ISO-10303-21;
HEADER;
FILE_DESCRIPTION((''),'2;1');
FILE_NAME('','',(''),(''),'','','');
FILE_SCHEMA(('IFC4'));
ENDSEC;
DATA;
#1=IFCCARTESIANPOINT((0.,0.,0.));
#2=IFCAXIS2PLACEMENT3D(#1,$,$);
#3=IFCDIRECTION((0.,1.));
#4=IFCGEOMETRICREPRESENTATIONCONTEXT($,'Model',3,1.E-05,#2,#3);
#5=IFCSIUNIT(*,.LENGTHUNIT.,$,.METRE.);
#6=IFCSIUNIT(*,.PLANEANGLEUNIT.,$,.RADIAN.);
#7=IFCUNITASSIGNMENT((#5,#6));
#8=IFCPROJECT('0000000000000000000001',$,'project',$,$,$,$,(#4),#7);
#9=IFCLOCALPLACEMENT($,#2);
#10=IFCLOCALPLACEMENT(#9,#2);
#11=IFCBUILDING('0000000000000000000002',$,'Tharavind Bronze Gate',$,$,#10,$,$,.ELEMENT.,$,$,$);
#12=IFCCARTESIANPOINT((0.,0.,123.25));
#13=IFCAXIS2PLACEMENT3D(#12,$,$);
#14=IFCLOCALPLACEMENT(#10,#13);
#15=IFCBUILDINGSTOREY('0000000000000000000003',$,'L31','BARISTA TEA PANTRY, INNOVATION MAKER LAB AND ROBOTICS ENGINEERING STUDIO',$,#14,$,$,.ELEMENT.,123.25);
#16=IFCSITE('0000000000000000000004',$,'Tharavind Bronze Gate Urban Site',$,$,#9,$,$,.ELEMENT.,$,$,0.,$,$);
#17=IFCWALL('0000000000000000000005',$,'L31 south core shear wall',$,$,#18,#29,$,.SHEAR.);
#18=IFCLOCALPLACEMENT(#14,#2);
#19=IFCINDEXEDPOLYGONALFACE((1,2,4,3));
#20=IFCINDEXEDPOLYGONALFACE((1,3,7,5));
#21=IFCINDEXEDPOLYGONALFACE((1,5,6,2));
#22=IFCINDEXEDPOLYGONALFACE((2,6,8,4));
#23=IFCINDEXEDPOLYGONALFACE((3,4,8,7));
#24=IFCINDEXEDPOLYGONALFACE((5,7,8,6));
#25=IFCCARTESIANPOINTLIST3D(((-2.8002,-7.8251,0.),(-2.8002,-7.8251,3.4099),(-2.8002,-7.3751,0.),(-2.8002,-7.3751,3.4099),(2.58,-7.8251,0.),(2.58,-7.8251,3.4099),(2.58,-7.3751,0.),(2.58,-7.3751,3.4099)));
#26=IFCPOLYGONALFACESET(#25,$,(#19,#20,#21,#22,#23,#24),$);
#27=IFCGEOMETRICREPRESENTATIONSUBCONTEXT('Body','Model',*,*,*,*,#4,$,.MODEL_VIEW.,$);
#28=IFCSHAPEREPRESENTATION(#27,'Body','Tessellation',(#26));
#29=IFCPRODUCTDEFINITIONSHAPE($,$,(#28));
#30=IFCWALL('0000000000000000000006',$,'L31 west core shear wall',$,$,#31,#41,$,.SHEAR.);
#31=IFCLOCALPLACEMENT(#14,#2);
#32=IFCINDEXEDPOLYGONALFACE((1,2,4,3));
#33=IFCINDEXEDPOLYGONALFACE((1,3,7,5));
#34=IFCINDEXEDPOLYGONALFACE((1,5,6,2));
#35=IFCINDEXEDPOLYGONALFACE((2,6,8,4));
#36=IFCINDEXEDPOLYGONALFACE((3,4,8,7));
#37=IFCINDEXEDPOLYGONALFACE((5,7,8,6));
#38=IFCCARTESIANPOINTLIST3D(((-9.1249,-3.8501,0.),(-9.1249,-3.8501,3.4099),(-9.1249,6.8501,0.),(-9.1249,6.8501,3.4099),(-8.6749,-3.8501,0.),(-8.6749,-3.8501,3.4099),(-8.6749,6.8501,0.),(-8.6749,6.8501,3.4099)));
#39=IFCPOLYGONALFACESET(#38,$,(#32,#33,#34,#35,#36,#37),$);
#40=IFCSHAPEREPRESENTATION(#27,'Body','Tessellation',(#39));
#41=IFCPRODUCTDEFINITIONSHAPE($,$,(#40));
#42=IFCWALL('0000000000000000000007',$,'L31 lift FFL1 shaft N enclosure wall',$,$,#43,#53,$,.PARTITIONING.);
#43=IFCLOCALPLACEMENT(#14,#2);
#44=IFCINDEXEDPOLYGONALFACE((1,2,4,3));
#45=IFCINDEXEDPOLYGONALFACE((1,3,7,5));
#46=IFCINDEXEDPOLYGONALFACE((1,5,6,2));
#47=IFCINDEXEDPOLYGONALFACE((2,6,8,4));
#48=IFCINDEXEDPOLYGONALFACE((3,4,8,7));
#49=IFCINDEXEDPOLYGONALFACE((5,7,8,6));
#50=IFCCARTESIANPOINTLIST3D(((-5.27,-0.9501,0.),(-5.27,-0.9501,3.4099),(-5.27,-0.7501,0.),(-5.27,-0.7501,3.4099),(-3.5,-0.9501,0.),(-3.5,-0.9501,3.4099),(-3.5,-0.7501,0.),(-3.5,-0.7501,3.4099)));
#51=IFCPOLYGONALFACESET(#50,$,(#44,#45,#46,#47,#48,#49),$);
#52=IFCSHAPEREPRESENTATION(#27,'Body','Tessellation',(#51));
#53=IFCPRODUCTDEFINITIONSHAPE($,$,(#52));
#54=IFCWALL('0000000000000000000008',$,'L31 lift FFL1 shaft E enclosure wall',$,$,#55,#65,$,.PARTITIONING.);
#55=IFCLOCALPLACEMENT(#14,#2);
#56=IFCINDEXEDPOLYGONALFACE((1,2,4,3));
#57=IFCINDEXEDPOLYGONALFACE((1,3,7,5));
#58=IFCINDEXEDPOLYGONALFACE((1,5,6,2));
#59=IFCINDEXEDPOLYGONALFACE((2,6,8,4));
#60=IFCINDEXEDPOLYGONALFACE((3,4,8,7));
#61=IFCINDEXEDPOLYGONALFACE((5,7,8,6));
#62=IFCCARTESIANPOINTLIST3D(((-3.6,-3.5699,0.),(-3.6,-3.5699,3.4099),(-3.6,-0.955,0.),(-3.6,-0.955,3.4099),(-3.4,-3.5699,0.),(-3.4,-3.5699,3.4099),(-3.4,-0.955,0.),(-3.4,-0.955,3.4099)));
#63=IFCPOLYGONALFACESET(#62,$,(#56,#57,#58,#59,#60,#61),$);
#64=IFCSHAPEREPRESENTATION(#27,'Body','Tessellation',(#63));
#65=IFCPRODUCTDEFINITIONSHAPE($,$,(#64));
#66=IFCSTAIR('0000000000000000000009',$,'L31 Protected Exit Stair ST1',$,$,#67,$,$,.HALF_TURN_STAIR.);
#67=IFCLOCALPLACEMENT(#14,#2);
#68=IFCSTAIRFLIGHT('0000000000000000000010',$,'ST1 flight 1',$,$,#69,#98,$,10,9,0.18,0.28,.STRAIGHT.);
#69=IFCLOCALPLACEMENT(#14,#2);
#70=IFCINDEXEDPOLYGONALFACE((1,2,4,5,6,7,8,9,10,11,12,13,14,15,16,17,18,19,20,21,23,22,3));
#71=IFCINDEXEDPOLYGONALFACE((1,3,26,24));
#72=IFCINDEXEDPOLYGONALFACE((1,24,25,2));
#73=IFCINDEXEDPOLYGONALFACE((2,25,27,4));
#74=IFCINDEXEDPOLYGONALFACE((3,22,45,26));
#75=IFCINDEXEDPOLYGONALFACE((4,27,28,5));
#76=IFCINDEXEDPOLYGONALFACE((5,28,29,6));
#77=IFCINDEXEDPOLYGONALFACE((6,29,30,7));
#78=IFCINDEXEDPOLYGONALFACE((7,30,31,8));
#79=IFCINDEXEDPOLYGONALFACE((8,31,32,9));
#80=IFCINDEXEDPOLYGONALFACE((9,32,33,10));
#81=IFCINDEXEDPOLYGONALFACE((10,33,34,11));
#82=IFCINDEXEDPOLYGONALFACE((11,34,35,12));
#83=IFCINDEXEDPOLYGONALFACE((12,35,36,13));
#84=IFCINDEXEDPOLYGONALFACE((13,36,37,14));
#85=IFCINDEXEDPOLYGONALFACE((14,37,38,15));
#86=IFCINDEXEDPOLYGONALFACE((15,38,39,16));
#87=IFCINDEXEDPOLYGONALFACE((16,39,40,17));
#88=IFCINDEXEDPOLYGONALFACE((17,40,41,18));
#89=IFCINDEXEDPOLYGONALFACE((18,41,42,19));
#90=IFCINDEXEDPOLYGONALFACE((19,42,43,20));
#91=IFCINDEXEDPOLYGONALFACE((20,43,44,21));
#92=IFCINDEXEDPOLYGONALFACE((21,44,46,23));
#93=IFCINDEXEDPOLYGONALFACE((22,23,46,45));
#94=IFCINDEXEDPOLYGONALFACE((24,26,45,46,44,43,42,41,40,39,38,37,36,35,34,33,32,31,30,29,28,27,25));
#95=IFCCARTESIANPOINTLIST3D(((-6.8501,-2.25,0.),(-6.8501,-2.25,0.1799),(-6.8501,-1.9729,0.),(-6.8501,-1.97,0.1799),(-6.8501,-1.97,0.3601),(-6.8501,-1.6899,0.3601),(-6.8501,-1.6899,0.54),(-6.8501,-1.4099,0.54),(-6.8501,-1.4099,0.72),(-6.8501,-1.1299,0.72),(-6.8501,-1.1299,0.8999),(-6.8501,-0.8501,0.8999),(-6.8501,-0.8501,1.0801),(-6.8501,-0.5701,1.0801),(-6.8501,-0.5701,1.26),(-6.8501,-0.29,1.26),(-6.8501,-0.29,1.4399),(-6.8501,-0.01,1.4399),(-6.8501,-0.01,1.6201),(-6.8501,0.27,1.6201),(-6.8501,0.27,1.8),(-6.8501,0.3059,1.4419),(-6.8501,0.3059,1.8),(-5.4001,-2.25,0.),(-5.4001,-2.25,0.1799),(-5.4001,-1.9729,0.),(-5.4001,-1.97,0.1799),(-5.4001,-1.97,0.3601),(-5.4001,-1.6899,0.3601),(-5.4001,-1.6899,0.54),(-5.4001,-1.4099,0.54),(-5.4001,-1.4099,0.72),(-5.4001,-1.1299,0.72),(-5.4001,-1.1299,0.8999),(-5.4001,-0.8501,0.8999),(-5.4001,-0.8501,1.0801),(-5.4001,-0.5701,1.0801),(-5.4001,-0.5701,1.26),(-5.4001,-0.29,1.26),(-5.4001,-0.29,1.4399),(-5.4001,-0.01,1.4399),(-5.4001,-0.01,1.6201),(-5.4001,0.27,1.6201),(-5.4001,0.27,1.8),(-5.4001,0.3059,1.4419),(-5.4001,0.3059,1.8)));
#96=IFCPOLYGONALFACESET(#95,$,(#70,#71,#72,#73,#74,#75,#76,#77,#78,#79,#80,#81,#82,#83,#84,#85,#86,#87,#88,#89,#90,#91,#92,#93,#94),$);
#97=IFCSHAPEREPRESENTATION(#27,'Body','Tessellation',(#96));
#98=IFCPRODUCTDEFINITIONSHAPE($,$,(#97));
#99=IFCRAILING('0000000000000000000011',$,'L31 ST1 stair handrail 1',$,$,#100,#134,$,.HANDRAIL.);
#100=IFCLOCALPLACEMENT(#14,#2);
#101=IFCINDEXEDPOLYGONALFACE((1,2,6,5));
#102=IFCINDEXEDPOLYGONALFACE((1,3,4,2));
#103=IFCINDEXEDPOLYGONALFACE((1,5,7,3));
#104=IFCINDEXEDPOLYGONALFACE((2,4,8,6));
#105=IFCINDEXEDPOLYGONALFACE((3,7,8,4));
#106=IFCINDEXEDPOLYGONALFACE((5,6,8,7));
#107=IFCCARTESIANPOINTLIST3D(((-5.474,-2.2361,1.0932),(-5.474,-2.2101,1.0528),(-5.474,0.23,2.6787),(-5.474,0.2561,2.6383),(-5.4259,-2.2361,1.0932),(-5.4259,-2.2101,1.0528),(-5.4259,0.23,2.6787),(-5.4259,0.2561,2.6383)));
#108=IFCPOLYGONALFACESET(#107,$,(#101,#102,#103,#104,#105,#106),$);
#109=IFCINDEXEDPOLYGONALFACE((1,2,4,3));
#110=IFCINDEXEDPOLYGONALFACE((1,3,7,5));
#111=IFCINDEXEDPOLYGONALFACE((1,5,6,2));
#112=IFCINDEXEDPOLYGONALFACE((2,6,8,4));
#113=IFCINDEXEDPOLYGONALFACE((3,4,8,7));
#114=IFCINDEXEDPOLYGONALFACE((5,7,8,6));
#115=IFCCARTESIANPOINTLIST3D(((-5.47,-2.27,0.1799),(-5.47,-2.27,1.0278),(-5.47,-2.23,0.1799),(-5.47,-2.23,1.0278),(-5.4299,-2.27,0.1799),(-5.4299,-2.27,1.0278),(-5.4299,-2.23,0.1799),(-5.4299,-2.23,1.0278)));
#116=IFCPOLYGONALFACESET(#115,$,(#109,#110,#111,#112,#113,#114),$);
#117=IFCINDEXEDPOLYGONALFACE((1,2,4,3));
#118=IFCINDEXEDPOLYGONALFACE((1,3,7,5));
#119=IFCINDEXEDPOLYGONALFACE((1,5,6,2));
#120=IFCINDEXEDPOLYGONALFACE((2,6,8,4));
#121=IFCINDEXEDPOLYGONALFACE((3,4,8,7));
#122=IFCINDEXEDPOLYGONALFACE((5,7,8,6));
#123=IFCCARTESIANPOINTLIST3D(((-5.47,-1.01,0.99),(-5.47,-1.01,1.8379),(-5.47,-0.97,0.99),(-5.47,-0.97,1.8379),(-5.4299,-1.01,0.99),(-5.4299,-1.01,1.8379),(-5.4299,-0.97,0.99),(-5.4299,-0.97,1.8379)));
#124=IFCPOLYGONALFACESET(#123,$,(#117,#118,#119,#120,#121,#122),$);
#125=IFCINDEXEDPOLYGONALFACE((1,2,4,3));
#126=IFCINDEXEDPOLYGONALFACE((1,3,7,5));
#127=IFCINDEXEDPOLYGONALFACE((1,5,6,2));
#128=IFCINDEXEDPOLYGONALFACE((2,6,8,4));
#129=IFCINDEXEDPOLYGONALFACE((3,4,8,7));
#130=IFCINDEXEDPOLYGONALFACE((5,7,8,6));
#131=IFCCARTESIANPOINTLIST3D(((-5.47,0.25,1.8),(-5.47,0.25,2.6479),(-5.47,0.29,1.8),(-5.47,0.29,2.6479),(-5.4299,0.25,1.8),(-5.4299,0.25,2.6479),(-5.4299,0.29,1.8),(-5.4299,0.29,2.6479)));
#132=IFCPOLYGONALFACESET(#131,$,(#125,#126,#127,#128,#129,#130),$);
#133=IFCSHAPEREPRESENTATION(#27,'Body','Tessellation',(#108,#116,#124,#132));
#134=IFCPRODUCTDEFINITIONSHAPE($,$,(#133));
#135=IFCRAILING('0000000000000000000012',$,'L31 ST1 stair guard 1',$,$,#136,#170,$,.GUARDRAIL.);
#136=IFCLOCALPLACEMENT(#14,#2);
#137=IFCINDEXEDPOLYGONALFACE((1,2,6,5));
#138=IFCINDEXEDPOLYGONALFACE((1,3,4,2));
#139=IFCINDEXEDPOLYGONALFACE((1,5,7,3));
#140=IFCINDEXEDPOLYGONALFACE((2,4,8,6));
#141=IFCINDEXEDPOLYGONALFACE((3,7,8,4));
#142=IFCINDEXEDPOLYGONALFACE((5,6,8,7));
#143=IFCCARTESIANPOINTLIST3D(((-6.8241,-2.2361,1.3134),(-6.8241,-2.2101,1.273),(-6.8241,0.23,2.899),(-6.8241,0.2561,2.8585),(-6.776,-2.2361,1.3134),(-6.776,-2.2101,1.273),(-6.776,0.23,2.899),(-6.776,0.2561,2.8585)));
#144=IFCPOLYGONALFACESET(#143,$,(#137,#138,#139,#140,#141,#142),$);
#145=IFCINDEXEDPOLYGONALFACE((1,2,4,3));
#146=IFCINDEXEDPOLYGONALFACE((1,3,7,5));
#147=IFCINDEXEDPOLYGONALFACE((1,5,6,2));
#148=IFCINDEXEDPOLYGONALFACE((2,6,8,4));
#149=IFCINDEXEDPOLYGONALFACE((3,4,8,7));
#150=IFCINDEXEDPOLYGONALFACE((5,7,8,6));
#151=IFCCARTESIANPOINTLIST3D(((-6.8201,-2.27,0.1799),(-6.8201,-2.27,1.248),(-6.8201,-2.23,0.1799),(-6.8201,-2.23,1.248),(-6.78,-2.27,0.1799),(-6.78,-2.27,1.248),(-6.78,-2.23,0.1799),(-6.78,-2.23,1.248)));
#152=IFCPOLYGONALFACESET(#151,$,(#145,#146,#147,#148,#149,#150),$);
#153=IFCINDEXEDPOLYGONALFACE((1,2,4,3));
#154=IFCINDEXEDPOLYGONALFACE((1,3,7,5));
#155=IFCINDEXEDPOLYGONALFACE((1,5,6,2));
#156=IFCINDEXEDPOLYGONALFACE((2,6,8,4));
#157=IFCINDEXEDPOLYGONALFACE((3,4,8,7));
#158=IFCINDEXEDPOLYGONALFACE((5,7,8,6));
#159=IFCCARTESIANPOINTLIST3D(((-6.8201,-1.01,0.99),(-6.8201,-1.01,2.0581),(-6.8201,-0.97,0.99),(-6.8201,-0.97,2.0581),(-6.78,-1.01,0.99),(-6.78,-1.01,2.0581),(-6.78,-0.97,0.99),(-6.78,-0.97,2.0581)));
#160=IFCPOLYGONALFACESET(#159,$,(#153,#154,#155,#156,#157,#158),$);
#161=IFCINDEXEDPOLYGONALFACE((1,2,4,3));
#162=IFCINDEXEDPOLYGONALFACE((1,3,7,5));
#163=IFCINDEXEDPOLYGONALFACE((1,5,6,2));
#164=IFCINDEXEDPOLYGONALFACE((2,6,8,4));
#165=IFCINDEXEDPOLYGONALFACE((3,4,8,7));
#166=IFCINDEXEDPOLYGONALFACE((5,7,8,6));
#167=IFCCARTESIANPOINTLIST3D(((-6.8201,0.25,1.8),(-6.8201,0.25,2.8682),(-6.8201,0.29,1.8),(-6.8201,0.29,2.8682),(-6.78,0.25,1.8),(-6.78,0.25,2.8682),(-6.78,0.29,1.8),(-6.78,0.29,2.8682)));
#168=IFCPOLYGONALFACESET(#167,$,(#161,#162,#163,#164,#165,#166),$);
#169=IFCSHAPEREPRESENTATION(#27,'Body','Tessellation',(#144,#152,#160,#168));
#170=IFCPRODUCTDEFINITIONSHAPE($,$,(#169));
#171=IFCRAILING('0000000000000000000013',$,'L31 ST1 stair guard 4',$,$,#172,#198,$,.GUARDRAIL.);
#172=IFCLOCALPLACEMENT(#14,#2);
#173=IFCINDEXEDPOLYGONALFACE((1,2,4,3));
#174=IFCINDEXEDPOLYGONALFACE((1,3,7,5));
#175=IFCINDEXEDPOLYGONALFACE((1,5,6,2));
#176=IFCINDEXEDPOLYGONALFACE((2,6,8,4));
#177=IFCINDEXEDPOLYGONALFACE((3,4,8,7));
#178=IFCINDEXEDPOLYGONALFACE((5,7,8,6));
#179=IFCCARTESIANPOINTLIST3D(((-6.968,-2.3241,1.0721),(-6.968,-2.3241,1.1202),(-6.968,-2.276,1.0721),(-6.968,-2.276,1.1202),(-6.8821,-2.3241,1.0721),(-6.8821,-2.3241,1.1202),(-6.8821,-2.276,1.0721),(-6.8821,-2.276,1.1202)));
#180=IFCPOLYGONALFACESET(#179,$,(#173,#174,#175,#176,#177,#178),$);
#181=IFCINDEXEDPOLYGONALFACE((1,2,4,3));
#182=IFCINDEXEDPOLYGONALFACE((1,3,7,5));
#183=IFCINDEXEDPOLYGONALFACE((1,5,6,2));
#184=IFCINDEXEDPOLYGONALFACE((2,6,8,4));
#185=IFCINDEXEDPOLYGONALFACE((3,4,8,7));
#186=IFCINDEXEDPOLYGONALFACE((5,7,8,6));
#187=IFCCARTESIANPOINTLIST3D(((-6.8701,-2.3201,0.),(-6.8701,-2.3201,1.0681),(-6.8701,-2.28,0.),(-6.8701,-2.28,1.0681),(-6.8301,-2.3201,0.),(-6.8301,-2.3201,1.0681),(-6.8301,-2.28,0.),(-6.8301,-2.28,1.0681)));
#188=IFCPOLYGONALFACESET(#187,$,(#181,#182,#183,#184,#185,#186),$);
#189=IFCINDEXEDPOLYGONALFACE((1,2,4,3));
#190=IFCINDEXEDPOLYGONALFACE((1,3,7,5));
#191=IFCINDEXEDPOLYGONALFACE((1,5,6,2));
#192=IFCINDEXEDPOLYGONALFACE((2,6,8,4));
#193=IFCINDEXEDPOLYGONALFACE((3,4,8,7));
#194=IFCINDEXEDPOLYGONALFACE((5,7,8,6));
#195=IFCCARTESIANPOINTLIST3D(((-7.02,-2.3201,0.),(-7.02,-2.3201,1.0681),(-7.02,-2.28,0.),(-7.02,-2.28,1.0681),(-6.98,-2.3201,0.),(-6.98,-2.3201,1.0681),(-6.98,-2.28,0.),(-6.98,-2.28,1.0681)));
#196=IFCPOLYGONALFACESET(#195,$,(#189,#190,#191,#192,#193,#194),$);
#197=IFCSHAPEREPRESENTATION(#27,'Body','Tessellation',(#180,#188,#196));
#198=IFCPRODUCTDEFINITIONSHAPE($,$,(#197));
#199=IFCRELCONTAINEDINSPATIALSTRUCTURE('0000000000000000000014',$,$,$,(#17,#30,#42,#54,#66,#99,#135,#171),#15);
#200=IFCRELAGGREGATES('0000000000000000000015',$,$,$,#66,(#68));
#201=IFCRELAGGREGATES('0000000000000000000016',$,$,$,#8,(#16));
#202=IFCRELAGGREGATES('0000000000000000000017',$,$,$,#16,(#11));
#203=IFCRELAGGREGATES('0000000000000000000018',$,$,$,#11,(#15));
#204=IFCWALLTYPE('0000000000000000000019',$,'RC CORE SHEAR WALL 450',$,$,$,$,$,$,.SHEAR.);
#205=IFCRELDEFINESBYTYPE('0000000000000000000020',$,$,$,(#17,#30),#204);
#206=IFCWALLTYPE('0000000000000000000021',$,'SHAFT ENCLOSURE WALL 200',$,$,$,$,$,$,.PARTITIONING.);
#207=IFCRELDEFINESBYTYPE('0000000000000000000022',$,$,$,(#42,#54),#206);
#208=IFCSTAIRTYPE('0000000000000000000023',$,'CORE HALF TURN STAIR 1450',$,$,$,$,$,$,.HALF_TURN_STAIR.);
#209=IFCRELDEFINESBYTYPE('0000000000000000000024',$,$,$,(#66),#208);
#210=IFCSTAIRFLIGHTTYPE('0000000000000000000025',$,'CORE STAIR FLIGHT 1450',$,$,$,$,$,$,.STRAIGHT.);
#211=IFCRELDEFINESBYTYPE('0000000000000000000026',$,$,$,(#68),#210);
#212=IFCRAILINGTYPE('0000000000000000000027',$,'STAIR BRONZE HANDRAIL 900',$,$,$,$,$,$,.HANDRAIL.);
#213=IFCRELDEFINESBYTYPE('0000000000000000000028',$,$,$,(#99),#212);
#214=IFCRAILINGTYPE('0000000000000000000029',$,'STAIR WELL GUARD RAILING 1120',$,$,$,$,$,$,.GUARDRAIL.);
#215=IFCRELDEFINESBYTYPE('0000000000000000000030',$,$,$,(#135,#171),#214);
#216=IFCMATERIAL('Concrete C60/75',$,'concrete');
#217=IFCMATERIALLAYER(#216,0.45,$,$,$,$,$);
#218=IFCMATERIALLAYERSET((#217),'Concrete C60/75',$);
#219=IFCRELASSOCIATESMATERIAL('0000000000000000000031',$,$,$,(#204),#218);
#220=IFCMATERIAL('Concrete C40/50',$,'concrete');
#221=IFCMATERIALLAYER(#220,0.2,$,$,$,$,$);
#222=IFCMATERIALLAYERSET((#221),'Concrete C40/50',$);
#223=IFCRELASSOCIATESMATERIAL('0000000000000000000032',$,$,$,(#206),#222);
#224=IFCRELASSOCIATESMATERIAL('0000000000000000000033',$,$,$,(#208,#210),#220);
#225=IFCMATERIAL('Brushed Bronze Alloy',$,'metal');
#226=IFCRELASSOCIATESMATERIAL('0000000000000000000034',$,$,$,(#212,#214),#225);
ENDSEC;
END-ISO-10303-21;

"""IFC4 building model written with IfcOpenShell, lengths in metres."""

from ifc_helpers import new_model, si_unit, direction, frame, frame_2d, origin, origin_2d, place, context, subcontext, project, spatial, polyline, rectangle, outline, extrude, material, layer, layer_set, type_object, element, aggregate, save


model = new_model("IFC4")

# Units and contexts
model_context = context("Model", 3, precision=1e-05, world=origin(), true_north=direction((0.0, 1.0)))
body_context = subcontext(model_context, "Body", "Model", "MODEL_VIEW")
ifc_project = project(units=[si_unit("LENGTHUNIT", "METRE"), si_unit("PLANEANGLEUNIT", "RADIAN")], contexts=[model_context])

# Site, building, storey
site_placement = place(None, origin())
site = spatial("IfcSite", under=ifc_project, at=site_placement, Name="Tharavind Bronze Gate Urban Site", CompositionType="ELEMENT", RefElevation=0.0)
building_placement = place(site_placement, origin())
building = spatial("IfcBuilding", under=site, at=building_placement, Name="Tharavind Bronze Gate", CompositionType="ELEMENT")
storey_placement = place(building_placement, frame((0.0, 0.0, 123.25)))
storey = spatial("IfcBuildingStorey", under=building, at=storey_placement, Name="L31", Description="BARISTA TEA PANTRY, INNOVATION MAKER LAB AND ROBOTICS ENGINEERING STUDIO", CompositionType="ELEMENT", Elevation=123.25)

# Walls
ifc_material_1 = material(Name="Concrete C60/75", Category="concrete")
ifc_layer_1 = layer(ifc_material_1, 0.45)
ifc_layer_set_1 = layer_set([ifc_layer_1], Name="Concrete C60/75")
wall_type_1 = type_object("IfcWallType", Name="RC CORE SHEAR WALL 450", PredefinedType="SHEAR", material=ifc_layer_set_1)
wall_1_placement = place(storey_placement, frame((-2.8, -7.6001, 0.0), z_axis=(0.0, 0.0, 1.0), x_axis=(1.0, 0.0, 0.0)))
element("IfcWall", 1, at=wall_1_placement, inside=storey, type_object=wall_type_1, Name="L31 south core shear wall", PredefinedType="SHEAR", context=body_context, shape_type="SweptSolid", body=[
    extrude(rectangle(XDim=5.3801, YDim=0.45, at=frame_2d((2.6899, 0.0))), origin(), (0.0, 0.0, 1.0), 3.4099),
])
wall_2_placement = place(storey_placement, frame((-8.8999, -3.8501, 0.0), z_axis=(0.0, 0.0, 1.0), x_axis=(0.0, 1.0, 0.0)))
element("IfcWall", 2, at=wall_2_placement, inside=storey, type_object=wall_type_1, Name="L31 west core shear wall", PredefinedType="SHEAR", context=body_context, shape_type="SweptSolid", body=[
    extrude(rectangle(XDim=10.7002, YDim=0.45, at=frame_2d((5.3501, 0.0))), origin(), (0.0, 0.0, 1.0), 3.4099),
])
ifc_material_2 = material(Name="Concrete C40/50", Category="concrete")
ifc_layer_2 = layer(ifc_material_2, 0.2)
ifc_layer_set_2 = layer_set([ifc_layer_2], Name="Concrete C40/50")
wall_type_2 = type_object("IfcWallType", Name="SHAFT ENCLOSURE WALL 200", PredefinedType="PARTITIONING", material=ifc_layer_set_2)
wall_3_placement = place(storey_placement, frame((-5.27, -0.8501, 0.0), z_axis=(0.0, 0.0, 1.0), x_axis=(1.0, 0.0, 0.0)))
element("IfcWall", 3, at=wall_3_placement, inside=storey, type_object=wall_type_2, Name="L31 lift FFL1 shaft N enclosure wall", PredefinedType="PARTITIONING", context=body_context, shape_type="SweptSolid", body=[
    extrude(rectangle(XDim=1.77, YDim=0.2, at=frame_2d((0.885, 0.0))), origin(), (0.0, 0.0, 1.0), 3.4099),
])
wall_4_placement = place(storey_placement, frame((-3.5, -3.5701, 0.0), z_axis=(0.0, 0.0, 1.0), x_axis=(0.0, 1.0, 0.0)))
element("IfcWall", 4, at=wall_4_placement, inside=storey, type_object=wall_type_2, Name="L31 lift FFL1 shaft E enclosure wall", PredefinedType="PARTITIONING", context=body_context, shape_type="SweptSolid", body=[
    extrude(rectangle(XDim=2.615, YDim=0.2, at=frame_2d((1.3076, 0.0))), origin(), (0.0, 0.0, 1.0), 3.4099),
])

# Stair, stair flight
stair_type = type_object("IfcStairType", Name="CORE HALF TURN STAIR 1450", PredefinedType="HALF_TURN_STAIR", material=ifc_material_2)
stair_placement = place(storey_placement, origin())
stair = element("IfcStair", 5, at=stair_placement, inside=storey, type_object=stair_type, Name="L31 Protected Exit Stair ST1", PredefinedType="HALF_TURN_STAIR")
stair_flight_type = type_object("IfcStairFlightType", Name="CORE STAIR FLIGHT 1450", PredefinedType="STRAIGHT", material=ifc_material_2)
stair_flight_placement = place(storey_placement, frame((-6.125, -2.25, 0.0), z_axis=(0.0, 0.0, 1.0), x_axis=(0.0, 1.0, 0.0)))
stair_flight = element("IfcStairFlight", 6, at=stair_flight_placement, type_object=stair_flight_type, Name="ST1 flight 1", NumberOfRisers=10, NumberOfTreads=9, PredefinedType="STRAIGHT", RiserHeight=0.18, TreadLength=0.28, context=body_context, shape_type="SweptSolid", body=[
    extrude(outline(polyline([(0.0, 0.0), (0.0, 0.1799), (0.28, 0.1799), (0.28, 0.3601), (0.5601, 0.3601), (0.5601, 0.54), (0.8401, 0.54), (0.8401, 0.72), (1.1201, 0.72), (1.1201, 0.8999), (1.3999, 0.8999), (1.3999, 1.0801), (1.6799, 1.0801), (1.6799, 1.26), (1.96, 1.26), (1.96, 1.4399), (2.24, 1.4399), (2.24, 1.6201), (2.52, 1.6201), (2.52, 1.8), (2.5559, 1.8), (2.5559, 1.4419), (0.2771, 0.0), (0.0, 0.0)])), frame((0.0, 0.7251, 0.0), z_axis=(0.0, -1.0, 0.0), x_axis=(1.0, 0.0, 0.0)), (0.0, 0.0, 1.0), 1.45),
])
aggregate(stair, [stair_flight])

# Railings
ifc_material_3 = material(Name="Brushed Bronze Alloy", Category="metal")
railing_type_1 = type_object("IfcRailingType", Name="STAIR BRONZE HANDRAIL 900", PredefinedType="HANDRAIL", material=ifc_material_3)
railing_1_placement = place(storey_placement, frame((-5.45, -2.25, 0.1799)))
element("IfcRailing", 7, at=railing_1_placement, inside=storey, type_object=railing_type_1, Name="L31 ST1 stair handrail 1", PredefinedType="HANDRAIL", context=body_context, shape_type="SweptSolid", body=[
    extrude(rectangle(XDim=0.0481, YDim=0.0481, at=origin_2d()), frame((0.0, 0.0269, 0.8931), z_axis=(0.0, 0.841163, 0.540782), x_axis=(-1.0, 0.0, 0.0)), (0.0, 0.0, 1.0), 2.9319),
    extrude(rectangle(XDim=0.04, YDim=0.04, at=origin_2d()), origin(), (0.0, 0.0, 1.0), 0.8479),
    extrude(rectangle(XDim=0.04, YDim=0.04, at=origin_2d()), frame((0.0, 1.26, 0.8101)), (0.0, 0.0, 1.0), 0.8479),
    extrude(rectangle(XDim=0.04, YDim=0.04, at=origin_2d()), frame((0.0, 2.52, 1.6201)), (0.0, 0.0, 1.0), 0.8479),
])
railing_type_2 = type_object("IfcRailingType", Name="STAIR WELL GUARD RAILING 1120", PredefinedType="GUARDRAIL", material=ifc_material_3)
railing_2_placement = place(storey_placement, frame((-6.8, -2.25, 0.1799)))
element("IfcRailing", 8, at=railing_2_placement, inside=storey, type_object=railing_type_2, Name="L31 ST1 stair guard 1", PredefinedType="GUARDRAIL", context=body_context, shape_type="SweptSolid", body=[
    extrude(rectangle(XDim=0.0481, YDim=0.0481, at=origin_2d()), frame((0.0, 0.0269, 1.1133), z_axis=(0.0, 0.841163, 0.540782), x_axis=(-1.0, 0.0, 0.0)), (0.0, 0.0, 1.0), 2.9319),
    extrude(rectangle(XDim=0.04, YDim=0.04, at=origin_2d()), origin(), (0.0, 0.0, 1.0), 1.0681),
    extrude(rectangle(XDim=0.04, YDim=0.04, at=origin_2d()), frame((0.0, 1.26, 0.8101)), (0.0, 0.0, 1.0), 1.0681),
    extrude(rectangle(XDim=0.04, YDim=0.04, at=origin_2d()), frame((0.0, 2.52, 1.6201)), (0.0, 0.0, 1.0), 1.0681),
])
railing_3_placement = place(storey_placement, frame((-6.8501, -2.3, 0.0)))
element("IfcRailing", 9, at=railing_3_placement, inside=storey, type_object=railing_type_2, Name="L31 ST1 stair guard 4", PredefinedType="GUARDRAIL", context=body_context, shape_type="SweptSolid", body=[
    extrude(rectangle(XDim=0.0481, YDim=0.0481, at=origin_2d()), frame((-0.032, 0.0, 1.0962), z_axis=(-1.0, 0.0, 0.0), x_axis=(0.0, -1.0, 0.0)), (0.0, 0.0, 1.0), 0.0859),
    extrude(rectangle(XDim=0.04, YDim=0.04, at=origin_2d()), origin(), (0.0, 0.0, 1.0), 1.0681),
    extrude(rectangle(XDim=0.04, YDim=0.04, at=origin_2d()), frame((-0.1499, 0.0, 0.0)), (0.0, 0.0, 1.0), 1.0681),
])

save(model, "model.ifc")
